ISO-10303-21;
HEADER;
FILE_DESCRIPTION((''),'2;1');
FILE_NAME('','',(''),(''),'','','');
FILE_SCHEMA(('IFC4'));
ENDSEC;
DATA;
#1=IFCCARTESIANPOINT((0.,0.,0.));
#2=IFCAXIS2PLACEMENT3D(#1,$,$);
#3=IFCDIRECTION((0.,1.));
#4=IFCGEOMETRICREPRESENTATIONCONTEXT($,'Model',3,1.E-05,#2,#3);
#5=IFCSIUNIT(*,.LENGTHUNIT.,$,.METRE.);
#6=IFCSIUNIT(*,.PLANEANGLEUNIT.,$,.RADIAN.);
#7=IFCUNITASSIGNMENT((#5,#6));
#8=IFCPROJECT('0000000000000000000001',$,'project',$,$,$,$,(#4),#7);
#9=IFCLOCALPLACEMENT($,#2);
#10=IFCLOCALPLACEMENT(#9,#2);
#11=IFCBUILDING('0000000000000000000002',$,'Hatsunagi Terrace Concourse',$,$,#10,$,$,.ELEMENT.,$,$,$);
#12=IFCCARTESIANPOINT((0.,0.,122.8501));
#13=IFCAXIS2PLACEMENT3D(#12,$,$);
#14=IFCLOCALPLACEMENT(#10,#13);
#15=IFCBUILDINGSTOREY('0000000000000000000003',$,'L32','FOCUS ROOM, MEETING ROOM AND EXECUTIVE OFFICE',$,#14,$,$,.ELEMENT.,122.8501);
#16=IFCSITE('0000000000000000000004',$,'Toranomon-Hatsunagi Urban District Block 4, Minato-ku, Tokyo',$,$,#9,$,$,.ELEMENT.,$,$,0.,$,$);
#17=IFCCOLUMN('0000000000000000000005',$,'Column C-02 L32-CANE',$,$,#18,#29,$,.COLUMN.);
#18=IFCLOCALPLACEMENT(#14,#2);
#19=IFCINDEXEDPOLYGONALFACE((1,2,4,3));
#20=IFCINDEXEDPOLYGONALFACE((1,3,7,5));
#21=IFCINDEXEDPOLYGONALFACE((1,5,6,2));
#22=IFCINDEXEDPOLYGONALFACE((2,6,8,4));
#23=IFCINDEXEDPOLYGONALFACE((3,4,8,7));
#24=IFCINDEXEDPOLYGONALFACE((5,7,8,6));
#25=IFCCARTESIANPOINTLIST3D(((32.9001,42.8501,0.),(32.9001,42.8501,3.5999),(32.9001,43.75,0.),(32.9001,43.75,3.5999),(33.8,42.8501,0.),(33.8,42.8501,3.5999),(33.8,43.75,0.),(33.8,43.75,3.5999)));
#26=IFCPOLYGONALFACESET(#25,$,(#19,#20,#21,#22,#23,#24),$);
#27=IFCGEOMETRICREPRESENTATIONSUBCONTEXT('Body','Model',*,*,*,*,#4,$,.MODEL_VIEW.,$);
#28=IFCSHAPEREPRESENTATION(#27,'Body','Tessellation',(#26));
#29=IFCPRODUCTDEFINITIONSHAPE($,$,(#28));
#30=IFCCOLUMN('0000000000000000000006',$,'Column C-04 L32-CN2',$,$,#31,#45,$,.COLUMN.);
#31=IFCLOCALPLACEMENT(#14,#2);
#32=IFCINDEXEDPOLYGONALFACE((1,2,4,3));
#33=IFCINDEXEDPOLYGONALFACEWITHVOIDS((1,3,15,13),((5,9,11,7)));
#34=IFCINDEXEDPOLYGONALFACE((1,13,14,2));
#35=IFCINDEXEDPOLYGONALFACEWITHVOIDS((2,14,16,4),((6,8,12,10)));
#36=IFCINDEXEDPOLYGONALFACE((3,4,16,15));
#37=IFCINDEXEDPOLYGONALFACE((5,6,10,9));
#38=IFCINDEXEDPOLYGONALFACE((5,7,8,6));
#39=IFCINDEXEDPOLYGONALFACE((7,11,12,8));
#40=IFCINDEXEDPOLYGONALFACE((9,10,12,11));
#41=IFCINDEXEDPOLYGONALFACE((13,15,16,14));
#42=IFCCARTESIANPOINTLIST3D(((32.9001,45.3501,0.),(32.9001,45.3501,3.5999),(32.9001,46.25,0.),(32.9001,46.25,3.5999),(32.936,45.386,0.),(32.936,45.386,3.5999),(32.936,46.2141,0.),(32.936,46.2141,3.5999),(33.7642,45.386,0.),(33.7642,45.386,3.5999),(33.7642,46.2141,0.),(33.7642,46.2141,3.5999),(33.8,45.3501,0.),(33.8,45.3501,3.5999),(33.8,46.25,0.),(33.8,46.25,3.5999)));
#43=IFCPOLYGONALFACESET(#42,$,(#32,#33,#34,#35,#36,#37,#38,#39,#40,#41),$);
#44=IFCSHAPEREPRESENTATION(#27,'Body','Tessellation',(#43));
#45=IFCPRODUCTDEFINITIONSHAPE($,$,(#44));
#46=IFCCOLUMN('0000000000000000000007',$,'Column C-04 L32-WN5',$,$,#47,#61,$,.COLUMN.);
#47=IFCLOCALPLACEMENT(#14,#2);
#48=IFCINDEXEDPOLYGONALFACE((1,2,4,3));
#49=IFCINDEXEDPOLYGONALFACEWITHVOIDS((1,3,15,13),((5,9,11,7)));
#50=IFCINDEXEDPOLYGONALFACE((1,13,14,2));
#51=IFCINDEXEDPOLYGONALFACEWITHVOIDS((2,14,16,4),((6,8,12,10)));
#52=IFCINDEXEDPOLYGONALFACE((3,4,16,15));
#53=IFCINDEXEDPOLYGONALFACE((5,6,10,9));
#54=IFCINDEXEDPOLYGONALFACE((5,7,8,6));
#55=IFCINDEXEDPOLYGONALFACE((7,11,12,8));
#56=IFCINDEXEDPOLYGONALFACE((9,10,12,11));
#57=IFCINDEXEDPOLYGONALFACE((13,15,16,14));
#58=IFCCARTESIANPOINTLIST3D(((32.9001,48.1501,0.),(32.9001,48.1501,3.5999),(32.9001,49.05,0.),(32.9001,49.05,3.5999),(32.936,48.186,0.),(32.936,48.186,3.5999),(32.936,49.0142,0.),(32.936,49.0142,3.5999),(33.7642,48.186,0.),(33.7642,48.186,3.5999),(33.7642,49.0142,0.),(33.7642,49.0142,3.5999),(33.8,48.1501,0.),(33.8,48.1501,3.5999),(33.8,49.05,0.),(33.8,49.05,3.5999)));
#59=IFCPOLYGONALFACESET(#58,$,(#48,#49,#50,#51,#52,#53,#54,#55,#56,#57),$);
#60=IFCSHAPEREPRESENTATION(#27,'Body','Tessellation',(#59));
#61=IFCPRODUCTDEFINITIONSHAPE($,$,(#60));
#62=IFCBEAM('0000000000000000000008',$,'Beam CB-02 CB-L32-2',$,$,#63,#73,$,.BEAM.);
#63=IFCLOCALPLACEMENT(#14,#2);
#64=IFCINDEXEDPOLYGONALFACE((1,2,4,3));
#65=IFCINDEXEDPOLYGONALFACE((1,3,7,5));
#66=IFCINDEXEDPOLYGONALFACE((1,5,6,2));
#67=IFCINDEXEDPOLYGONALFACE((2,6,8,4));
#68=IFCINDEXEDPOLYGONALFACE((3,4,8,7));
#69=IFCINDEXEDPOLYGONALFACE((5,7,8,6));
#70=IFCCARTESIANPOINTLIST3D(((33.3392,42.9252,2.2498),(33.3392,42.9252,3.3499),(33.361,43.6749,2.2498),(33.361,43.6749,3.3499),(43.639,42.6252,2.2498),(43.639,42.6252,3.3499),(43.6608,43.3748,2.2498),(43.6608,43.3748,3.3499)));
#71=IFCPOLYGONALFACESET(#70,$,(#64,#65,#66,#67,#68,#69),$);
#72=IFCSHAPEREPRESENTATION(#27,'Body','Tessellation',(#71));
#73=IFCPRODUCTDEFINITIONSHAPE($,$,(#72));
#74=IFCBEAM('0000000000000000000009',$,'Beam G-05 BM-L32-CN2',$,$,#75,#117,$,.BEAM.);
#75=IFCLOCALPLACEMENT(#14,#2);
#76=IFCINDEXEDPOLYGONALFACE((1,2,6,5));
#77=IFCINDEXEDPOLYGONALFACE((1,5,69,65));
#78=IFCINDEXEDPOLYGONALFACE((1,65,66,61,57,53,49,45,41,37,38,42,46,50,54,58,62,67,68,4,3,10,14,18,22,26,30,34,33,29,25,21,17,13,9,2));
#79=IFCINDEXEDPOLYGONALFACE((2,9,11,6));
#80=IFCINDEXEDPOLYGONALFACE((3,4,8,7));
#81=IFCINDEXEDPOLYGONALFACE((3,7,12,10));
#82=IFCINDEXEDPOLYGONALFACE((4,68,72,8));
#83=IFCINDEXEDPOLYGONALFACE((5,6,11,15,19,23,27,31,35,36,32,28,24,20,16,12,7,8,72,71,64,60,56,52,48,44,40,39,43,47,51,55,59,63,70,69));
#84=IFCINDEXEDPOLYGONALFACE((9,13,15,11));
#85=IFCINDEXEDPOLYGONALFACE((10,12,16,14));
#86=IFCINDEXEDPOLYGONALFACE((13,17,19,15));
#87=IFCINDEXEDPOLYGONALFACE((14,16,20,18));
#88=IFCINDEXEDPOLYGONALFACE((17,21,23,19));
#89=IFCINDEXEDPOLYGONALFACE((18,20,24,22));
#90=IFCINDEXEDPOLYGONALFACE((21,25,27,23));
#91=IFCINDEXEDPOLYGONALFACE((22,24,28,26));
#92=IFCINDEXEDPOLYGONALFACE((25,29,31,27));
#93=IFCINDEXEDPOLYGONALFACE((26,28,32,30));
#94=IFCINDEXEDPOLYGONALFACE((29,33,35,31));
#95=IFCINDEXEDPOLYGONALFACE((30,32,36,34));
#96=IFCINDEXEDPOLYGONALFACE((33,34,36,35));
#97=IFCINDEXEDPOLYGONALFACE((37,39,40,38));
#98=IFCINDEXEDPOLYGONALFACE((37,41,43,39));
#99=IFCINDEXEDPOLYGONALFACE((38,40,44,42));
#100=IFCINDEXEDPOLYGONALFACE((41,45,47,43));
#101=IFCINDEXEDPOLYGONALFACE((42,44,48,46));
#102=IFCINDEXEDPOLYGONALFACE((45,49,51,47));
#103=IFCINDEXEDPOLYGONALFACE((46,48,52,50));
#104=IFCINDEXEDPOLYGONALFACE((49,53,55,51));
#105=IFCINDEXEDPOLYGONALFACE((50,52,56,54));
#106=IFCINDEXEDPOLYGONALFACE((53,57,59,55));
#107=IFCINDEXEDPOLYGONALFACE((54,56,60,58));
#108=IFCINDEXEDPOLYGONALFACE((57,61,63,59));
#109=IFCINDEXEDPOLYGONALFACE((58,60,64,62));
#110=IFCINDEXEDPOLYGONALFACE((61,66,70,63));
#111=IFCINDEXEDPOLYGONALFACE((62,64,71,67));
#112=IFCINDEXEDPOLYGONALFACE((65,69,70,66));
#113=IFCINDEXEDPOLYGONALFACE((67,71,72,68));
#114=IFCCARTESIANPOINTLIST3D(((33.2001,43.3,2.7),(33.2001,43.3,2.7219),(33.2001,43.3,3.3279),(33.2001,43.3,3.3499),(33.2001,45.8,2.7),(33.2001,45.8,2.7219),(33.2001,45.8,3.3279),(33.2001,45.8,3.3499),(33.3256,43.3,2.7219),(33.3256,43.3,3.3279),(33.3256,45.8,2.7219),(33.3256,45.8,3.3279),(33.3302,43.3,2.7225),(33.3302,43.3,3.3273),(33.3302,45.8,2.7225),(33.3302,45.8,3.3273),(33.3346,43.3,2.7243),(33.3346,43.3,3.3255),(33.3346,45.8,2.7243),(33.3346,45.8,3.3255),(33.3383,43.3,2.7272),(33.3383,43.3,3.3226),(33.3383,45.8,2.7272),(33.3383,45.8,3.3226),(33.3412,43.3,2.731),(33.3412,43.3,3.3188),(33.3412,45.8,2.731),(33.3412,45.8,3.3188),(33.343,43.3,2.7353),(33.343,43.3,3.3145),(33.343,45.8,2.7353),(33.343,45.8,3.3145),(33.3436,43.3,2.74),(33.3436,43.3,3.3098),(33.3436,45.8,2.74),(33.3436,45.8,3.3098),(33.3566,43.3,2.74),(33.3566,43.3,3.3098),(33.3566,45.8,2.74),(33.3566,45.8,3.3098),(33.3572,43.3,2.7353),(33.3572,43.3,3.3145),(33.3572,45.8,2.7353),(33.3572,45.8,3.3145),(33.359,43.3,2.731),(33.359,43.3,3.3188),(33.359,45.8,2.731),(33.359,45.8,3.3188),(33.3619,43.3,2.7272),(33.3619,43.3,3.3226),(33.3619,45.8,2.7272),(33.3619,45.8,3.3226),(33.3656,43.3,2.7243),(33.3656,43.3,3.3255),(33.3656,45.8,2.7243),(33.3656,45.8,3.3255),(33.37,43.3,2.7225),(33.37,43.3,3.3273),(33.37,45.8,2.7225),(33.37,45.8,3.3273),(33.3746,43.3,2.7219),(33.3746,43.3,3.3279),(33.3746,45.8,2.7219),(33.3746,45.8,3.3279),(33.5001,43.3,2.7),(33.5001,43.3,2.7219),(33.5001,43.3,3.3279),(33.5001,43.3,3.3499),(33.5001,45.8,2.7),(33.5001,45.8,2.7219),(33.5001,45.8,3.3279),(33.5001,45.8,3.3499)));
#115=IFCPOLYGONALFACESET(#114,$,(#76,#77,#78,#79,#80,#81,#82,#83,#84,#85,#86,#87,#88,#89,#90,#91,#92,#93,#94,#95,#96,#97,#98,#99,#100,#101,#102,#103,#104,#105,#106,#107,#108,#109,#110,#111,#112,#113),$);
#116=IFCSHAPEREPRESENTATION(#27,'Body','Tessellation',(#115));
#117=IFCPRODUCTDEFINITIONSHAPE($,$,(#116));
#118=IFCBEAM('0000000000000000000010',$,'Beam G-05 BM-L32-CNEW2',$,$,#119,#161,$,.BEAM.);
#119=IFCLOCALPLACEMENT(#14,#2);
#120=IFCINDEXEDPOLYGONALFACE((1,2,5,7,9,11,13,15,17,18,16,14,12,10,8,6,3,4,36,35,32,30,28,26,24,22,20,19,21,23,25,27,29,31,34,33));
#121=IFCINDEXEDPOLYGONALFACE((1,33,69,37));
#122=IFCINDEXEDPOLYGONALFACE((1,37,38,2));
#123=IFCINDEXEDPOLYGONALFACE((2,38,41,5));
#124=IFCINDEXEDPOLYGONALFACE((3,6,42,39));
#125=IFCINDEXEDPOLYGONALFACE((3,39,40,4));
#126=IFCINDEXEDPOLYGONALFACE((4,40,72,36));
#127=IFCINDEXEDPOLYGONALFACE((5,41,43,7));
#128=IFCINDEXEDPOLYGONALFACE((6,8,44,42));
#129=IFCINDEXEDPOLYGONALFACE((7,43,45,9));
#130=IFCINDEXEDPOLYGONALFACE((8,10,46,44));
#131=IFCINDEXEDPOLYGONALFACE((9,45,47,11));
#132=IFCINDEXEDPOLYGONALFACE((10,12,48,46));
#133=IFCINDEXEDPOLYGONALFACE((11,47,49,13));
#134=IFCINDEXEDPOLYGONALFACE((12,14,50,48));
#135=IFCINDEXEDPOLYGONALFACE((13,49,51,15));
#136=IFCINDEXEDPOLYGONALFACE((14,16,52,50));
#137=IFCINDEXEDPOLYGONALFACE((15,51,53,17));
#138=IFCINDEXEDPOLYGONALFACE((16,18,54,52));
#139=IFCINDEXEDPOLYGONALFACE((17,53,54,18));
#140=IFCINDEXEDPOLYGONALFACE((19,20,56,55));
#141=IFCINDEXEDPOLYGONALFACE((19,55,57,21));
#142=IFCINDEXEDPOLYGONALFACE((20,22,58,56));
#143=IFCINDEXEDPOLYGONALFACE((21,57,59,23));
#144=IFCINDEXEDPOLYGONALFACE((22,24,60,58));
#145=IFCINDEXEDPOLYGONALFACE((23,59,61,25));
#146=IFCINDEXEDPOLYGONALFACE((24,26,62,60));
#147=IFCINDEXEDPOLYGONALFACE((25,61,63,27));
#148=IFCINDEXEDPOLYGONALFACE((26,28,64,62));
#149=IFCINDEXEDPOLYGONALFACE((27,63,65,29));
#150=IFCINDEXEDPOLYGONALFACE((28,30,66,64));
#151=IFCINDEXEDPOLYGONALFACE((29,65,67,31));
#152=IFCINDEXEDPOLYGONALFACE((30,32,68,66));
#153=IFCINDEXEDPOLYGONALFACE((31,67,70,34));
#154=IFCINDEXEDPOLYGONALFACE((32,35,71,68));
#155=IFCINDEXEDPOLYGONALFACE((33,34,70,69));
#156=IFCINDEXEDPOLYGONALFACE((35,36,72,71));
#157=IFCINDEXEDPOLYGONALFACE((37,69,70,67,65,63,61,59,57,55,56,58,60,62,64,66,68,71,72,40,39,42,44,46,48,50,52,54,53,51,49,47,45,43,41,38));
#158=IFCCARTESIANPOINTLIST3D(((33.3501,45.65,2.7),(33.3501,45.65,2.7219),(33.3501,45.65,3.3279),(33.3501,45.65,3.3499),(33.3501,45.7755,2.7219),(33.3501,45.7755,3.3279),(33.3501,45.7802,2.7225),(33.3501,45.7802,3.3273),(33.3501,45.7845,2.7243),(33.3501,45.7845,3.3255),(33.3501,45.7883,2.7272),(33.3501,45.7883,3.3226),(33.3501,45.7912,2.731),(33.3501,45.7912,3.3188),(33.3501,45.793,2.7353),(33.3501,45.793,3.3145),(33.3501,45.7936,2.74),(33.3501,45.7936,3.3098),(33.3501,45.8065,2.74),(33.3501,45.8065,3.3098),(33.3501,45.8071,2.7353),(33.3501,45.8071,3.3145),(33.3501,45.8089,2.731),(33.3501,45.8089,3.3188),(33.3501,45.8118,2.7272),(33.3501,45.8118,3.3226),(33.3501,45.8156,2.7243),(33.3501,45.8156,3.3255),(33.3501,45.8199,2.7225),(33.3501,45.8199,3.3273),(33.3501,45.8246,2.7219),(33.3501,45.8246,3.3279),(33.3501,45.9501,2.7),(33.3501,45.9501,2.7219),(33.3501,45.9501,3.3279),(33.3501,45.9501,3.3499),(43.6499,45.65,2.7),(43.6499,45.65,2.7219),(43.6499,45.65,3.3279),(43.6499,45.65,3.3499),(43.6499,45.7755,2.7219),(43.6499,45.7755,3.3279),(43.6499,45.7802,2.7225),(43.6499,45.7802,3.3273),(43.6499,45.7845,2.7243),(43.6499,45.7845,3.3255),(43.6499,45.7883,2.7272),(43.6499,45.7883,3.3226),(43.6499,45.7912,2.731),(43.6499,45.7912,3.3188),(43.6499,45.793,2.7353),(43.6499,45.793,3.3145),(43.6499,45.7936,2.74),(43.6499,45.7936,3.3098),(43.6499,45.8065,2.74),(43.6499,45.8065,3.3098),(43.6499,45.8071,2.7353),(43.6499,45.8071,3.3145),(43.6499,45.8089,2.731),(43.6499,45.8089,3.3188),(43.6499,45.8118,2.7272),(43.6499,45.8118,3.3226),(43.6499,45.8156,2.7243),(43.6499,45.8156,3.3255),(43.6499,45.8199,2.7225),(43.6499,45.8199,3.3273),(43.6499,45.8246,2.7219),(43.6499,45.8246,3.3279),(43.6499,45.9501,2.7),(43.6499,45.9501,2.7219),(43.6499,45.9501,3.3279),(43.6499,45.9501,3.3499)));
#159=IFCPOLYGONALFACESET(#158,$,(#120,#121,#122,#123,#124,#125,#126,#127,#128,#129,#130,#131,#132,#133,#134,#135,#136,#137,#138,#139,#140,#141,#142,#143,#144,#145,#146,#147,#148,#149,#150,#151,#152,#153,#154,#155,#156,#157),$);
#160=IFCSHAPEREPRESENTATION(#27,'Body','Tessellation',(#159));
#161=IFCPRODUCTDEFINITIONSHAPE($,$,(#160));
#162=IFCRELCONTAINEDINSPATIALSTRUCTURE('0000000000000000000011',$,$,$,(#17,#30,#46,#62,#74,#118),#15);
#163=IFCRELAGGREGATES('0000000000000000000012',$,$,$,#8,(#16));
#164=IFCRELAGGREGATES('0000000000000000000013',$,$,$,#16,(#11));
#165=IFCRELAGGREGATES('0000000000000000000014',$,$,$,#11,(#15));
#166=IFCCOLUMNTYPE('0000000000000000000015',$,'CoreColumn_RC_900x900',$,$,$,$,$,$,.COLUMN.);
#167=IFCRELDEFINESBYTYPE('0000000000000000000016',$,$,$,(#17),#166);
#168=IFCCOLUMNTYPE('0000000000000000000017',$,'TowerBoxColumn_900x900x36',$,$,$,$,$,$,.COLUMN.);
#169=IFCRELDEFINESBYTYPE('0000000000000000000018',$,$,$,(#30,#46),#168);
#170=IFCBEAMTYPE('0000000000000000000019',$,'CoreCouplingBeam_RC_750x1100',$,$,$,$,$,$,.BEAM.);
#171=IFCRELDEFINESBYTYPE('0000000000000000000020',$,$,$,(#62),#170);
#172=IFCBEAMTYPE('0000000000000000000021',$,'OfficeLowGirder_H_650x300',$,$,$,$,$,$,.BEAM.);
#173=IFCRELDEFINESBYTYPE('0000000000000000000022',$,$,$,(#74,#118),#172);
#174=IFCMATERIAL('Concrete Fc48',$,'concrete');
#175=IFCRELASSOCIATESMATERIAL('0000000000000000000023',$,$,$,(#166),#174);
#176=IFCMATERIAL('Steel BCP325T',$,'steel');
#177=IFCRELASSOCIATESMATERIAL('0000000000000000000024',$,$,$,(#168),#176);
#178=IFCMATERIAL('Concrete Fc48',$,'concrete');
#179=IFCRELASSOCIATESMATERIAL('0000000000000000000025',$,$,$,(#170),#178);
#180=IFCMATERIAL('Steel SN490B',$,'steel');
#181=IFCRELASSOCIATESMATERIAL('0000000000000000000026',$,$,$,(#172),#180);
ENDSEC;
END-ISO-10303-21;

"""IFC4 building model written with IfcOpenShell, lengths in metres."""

from ifc_helpers import new_model, si_unit, direction, frame, origin, origin_2d, place, context, subcontext, project, spatial, rectangle, hollow_rectangle, i_section, extrude, material, material_profile, profile_set, type_object, element, save


model = new_model("IFC4")

# Units and contexts
model_context = context("Model", 3, precision=1e-05, world=origin(), true_north=direction((0.0, 1.0)))
body_context = subcontext(model_context, "Body", "Model", "MODEL_VIEW")
ifc_project = project(units=[si_unit("LENGTHUNIT", "METRE"), si_unit("PLANEANGLEUNIT", "RADIAN")], contexts=[model_context])

# Site, building, storey
site_placement = place(None, origin())
site = spatial("IfcSite", under=ifc_project, at=site_placement, Name="Toranomon-Hatsunagi Urban District Block 4, Minato-ku, Tokyo", CompositionType="ELEMENT", RefElevation=0.0)
building_placement = place(site_placement, origin())
building = spatial("IfcBuilding", under=site, at=building_placement, Name="Hatsunagi Terrace Concourse", CompositionType="ELEMENT")
storey_placement = place(building_placement, frame((0.0, 0.0, 122.8501)))
storey = spatial("IfcBuildingStorey", under=building, at=storey_placement, Name="L32", Description="FOCUS ROOM, MEETING ROOM AND EXECUTIVE OFFICE", CompositionType="ELEMENT", Elevation=122.8501)

# Columns
ifc_material_1 = material(Name="Concrete Fc48", Category="concrete")
ifc_material_profile_1 = material_profile(ifc_material_1, rectangle(XDim=0.8999, YDim=0.8999, at=origin_2d()), Name="RC-900x900")
ifc_profile_set_1 = profile_set([ifc_material_profile_1], Name="Concrete Fc48")
column_type_1 = type_object("IfcColumnType", Name="CoreColumn_RC_900x900", PredefinedType="COLUMN", material=ifc_profile_set_1)
column_placement = place(storey_placement, frame((33.3501, 43.3, 0.0), z_axis=(0.0, 0.0, 1.0), x_axis=(1.0, 0.0, 0.0)))
element("IfcColumn", 1, at=column_placement, inside=storey, type_object=column_type_1, Name="Column C-02 L32-CANE", PredefinedType="COLUMN", context=body_context, shape_type="SweptSolid", body=[
    extrude(rectangle(XDim=0.8999, YDim=0.8999, at=origin_2d()), origin(), (0.0, 0.0, 1.0), 3.5999),
])
ifc_material_2 = material(Name="Steel BCP325T", Category="steel")
ifc_material_profile_2 = material_profile(ifc_material_2, hollow_rectangle(XDim=0.8999, YDim=0.8999, WallThickness=0.0359, at=origin_2d()), Name="BCP-900x900x36")
ifc_profile_set_2 = profile_set([ifc_material_profile_2], Name="Steel BCP325T")
column_type_2 = type_object("IfcColumnType", Name="TowerBoxColumn_900x900x36", PredefinedType="COLUMN", material=ifc_profile_set_2)
for number, where, z_axis, x_axis, name in (
    (2, (33.3501, 45.8, 0.0), (0.0, 0.0, 1.0), (1.0, 0.0, 0.0), "Column C-04 L32-CN2"),
    (3, (33.3501, 48.6001, 0.0), (0.0, 0.0, 1.0), (1.0, 0.0, 0.0), "Column C-04 L32-WN5"),
):
    element("IfcColumn", number, at=place(storey_placement, frame(where, z_axis=z_axis, x_axis=x_axis)), inside=storey, type_object=column_type_2, Name=name, PredefinedType="COLUMN", context=body_context, shape_type="SweptSolid", body=[
        extrude(hollow_rectangle(XDim=0.8999, YDim=0.8999, WallThickness=0.0359, at=origin_2d()), origin(), (0.0, 0.0, 1.0), 3.5999),
    ])

# Beams
ifc_material_3 = material(Name="Concrete Fc48", Category="concrete")
ifc_material_profile_3 = material_profile(ifc_material_3, rectangle(XDim=0.75, YDim=1.1001, at=origin_2d()), Name="RC-750x1100")
ifc_profile_set_3 = profile_set([ifc_material_profile_3], Name="Concrete Fc48")
beam_type_1 = type_object("IfcBeamType", Name="CoreCouplingBeam_RC_750x1100", PredefinedType="BEAM", material=ifc_profile_set_3)
beam_1_placement = place(storey_placement, frame((33.3501, 43.3, 2.7998), z_axis=(0.999576, -0.029119, 0.0), x_axis=(0.029119, 0.999576, 0.0)))
element("IfcBeam", 4, at=beam_1_placement, inside=storey, type_object=beam_type_1, Name="Beam CB-02 CB-L32-2", PredefinedType="BEAM", context=body_context, shape_type="SweptSolid", body=[
    extrude(rectangle(XDim=0.75, YDim=1.1001, at=origin_2d()), origin(), (0.0, 0.0, 1.0), 10.3042),
])
ifc_material_4 = material(Name="Steel SN490B", Category="steel")
ifc_material_profile_4 = material_profile(ifc_material_4, i_section(OverallWidth=0.3, OverallDepth=0.6499, WebThickness=0.0129, FlangeThickness=0.022, FilletRadius=0.0181, at=origin_2d()), Name="H-650x300x13x22")
ifc_profile_set_4 = profile_set([ifc_material_profile_4], Name="Steel SN490B")
beam_type_2 = type_object("IfcBeamType", Name="OfficeLowGirder_H_650x300", PredefinedType="BEAM", material=ifc_profile_set_4)
beam_2_placement = place(storey_placement, frame((33.3501, 43.3, 3.0249), z_axis=(0.0, 1.0, 0.0), x_axis=(-1.0, 0.0, 0.0)))
element("IfcBeam", 5, at=beam_2_placement, inside=storey, type_object=beam_type_2, Name="Beam G-05 BM-L32-CN2", PredefinedType="BEAM", context=body_context, shape_type="SweptSolid", body=[
    extrude(i_section(OverallWidth=0.3, OverallDepth=0.6499, WebThickness=0.0129, FlangeThickness=0.022, FilletRadius=0.0181, at=origin_2d()), origin(), (0.0, 0.0, 1.0), 2.5),
])
beam_3_placement = place(storey_placement, frame((33.3501, 45.8, 3.0249), z_axis=(1.0, 0.0, 0.0), x_axis=(0.0, 1.0, 0.0)))
element("IfcBeam", 6, at=beam_3_placement, inside=storey, type_object=beam_type_2, Name="Beam G-05 BM-L32-CNEW2", PredefinedType="BEAM", context=body_context, shape_type="SweptSolid", body=[
    extrude(i_section(OverallWidth=0.3, OverallDepth=0.6499, WebThickness=0.0129, FlangeThickness=0.022, FilletRadius=0.0181, at=origin_2d()), origin(), (0.0, 0.0, 1.0), 10.2998),
])

save(model, "model.ifc")
